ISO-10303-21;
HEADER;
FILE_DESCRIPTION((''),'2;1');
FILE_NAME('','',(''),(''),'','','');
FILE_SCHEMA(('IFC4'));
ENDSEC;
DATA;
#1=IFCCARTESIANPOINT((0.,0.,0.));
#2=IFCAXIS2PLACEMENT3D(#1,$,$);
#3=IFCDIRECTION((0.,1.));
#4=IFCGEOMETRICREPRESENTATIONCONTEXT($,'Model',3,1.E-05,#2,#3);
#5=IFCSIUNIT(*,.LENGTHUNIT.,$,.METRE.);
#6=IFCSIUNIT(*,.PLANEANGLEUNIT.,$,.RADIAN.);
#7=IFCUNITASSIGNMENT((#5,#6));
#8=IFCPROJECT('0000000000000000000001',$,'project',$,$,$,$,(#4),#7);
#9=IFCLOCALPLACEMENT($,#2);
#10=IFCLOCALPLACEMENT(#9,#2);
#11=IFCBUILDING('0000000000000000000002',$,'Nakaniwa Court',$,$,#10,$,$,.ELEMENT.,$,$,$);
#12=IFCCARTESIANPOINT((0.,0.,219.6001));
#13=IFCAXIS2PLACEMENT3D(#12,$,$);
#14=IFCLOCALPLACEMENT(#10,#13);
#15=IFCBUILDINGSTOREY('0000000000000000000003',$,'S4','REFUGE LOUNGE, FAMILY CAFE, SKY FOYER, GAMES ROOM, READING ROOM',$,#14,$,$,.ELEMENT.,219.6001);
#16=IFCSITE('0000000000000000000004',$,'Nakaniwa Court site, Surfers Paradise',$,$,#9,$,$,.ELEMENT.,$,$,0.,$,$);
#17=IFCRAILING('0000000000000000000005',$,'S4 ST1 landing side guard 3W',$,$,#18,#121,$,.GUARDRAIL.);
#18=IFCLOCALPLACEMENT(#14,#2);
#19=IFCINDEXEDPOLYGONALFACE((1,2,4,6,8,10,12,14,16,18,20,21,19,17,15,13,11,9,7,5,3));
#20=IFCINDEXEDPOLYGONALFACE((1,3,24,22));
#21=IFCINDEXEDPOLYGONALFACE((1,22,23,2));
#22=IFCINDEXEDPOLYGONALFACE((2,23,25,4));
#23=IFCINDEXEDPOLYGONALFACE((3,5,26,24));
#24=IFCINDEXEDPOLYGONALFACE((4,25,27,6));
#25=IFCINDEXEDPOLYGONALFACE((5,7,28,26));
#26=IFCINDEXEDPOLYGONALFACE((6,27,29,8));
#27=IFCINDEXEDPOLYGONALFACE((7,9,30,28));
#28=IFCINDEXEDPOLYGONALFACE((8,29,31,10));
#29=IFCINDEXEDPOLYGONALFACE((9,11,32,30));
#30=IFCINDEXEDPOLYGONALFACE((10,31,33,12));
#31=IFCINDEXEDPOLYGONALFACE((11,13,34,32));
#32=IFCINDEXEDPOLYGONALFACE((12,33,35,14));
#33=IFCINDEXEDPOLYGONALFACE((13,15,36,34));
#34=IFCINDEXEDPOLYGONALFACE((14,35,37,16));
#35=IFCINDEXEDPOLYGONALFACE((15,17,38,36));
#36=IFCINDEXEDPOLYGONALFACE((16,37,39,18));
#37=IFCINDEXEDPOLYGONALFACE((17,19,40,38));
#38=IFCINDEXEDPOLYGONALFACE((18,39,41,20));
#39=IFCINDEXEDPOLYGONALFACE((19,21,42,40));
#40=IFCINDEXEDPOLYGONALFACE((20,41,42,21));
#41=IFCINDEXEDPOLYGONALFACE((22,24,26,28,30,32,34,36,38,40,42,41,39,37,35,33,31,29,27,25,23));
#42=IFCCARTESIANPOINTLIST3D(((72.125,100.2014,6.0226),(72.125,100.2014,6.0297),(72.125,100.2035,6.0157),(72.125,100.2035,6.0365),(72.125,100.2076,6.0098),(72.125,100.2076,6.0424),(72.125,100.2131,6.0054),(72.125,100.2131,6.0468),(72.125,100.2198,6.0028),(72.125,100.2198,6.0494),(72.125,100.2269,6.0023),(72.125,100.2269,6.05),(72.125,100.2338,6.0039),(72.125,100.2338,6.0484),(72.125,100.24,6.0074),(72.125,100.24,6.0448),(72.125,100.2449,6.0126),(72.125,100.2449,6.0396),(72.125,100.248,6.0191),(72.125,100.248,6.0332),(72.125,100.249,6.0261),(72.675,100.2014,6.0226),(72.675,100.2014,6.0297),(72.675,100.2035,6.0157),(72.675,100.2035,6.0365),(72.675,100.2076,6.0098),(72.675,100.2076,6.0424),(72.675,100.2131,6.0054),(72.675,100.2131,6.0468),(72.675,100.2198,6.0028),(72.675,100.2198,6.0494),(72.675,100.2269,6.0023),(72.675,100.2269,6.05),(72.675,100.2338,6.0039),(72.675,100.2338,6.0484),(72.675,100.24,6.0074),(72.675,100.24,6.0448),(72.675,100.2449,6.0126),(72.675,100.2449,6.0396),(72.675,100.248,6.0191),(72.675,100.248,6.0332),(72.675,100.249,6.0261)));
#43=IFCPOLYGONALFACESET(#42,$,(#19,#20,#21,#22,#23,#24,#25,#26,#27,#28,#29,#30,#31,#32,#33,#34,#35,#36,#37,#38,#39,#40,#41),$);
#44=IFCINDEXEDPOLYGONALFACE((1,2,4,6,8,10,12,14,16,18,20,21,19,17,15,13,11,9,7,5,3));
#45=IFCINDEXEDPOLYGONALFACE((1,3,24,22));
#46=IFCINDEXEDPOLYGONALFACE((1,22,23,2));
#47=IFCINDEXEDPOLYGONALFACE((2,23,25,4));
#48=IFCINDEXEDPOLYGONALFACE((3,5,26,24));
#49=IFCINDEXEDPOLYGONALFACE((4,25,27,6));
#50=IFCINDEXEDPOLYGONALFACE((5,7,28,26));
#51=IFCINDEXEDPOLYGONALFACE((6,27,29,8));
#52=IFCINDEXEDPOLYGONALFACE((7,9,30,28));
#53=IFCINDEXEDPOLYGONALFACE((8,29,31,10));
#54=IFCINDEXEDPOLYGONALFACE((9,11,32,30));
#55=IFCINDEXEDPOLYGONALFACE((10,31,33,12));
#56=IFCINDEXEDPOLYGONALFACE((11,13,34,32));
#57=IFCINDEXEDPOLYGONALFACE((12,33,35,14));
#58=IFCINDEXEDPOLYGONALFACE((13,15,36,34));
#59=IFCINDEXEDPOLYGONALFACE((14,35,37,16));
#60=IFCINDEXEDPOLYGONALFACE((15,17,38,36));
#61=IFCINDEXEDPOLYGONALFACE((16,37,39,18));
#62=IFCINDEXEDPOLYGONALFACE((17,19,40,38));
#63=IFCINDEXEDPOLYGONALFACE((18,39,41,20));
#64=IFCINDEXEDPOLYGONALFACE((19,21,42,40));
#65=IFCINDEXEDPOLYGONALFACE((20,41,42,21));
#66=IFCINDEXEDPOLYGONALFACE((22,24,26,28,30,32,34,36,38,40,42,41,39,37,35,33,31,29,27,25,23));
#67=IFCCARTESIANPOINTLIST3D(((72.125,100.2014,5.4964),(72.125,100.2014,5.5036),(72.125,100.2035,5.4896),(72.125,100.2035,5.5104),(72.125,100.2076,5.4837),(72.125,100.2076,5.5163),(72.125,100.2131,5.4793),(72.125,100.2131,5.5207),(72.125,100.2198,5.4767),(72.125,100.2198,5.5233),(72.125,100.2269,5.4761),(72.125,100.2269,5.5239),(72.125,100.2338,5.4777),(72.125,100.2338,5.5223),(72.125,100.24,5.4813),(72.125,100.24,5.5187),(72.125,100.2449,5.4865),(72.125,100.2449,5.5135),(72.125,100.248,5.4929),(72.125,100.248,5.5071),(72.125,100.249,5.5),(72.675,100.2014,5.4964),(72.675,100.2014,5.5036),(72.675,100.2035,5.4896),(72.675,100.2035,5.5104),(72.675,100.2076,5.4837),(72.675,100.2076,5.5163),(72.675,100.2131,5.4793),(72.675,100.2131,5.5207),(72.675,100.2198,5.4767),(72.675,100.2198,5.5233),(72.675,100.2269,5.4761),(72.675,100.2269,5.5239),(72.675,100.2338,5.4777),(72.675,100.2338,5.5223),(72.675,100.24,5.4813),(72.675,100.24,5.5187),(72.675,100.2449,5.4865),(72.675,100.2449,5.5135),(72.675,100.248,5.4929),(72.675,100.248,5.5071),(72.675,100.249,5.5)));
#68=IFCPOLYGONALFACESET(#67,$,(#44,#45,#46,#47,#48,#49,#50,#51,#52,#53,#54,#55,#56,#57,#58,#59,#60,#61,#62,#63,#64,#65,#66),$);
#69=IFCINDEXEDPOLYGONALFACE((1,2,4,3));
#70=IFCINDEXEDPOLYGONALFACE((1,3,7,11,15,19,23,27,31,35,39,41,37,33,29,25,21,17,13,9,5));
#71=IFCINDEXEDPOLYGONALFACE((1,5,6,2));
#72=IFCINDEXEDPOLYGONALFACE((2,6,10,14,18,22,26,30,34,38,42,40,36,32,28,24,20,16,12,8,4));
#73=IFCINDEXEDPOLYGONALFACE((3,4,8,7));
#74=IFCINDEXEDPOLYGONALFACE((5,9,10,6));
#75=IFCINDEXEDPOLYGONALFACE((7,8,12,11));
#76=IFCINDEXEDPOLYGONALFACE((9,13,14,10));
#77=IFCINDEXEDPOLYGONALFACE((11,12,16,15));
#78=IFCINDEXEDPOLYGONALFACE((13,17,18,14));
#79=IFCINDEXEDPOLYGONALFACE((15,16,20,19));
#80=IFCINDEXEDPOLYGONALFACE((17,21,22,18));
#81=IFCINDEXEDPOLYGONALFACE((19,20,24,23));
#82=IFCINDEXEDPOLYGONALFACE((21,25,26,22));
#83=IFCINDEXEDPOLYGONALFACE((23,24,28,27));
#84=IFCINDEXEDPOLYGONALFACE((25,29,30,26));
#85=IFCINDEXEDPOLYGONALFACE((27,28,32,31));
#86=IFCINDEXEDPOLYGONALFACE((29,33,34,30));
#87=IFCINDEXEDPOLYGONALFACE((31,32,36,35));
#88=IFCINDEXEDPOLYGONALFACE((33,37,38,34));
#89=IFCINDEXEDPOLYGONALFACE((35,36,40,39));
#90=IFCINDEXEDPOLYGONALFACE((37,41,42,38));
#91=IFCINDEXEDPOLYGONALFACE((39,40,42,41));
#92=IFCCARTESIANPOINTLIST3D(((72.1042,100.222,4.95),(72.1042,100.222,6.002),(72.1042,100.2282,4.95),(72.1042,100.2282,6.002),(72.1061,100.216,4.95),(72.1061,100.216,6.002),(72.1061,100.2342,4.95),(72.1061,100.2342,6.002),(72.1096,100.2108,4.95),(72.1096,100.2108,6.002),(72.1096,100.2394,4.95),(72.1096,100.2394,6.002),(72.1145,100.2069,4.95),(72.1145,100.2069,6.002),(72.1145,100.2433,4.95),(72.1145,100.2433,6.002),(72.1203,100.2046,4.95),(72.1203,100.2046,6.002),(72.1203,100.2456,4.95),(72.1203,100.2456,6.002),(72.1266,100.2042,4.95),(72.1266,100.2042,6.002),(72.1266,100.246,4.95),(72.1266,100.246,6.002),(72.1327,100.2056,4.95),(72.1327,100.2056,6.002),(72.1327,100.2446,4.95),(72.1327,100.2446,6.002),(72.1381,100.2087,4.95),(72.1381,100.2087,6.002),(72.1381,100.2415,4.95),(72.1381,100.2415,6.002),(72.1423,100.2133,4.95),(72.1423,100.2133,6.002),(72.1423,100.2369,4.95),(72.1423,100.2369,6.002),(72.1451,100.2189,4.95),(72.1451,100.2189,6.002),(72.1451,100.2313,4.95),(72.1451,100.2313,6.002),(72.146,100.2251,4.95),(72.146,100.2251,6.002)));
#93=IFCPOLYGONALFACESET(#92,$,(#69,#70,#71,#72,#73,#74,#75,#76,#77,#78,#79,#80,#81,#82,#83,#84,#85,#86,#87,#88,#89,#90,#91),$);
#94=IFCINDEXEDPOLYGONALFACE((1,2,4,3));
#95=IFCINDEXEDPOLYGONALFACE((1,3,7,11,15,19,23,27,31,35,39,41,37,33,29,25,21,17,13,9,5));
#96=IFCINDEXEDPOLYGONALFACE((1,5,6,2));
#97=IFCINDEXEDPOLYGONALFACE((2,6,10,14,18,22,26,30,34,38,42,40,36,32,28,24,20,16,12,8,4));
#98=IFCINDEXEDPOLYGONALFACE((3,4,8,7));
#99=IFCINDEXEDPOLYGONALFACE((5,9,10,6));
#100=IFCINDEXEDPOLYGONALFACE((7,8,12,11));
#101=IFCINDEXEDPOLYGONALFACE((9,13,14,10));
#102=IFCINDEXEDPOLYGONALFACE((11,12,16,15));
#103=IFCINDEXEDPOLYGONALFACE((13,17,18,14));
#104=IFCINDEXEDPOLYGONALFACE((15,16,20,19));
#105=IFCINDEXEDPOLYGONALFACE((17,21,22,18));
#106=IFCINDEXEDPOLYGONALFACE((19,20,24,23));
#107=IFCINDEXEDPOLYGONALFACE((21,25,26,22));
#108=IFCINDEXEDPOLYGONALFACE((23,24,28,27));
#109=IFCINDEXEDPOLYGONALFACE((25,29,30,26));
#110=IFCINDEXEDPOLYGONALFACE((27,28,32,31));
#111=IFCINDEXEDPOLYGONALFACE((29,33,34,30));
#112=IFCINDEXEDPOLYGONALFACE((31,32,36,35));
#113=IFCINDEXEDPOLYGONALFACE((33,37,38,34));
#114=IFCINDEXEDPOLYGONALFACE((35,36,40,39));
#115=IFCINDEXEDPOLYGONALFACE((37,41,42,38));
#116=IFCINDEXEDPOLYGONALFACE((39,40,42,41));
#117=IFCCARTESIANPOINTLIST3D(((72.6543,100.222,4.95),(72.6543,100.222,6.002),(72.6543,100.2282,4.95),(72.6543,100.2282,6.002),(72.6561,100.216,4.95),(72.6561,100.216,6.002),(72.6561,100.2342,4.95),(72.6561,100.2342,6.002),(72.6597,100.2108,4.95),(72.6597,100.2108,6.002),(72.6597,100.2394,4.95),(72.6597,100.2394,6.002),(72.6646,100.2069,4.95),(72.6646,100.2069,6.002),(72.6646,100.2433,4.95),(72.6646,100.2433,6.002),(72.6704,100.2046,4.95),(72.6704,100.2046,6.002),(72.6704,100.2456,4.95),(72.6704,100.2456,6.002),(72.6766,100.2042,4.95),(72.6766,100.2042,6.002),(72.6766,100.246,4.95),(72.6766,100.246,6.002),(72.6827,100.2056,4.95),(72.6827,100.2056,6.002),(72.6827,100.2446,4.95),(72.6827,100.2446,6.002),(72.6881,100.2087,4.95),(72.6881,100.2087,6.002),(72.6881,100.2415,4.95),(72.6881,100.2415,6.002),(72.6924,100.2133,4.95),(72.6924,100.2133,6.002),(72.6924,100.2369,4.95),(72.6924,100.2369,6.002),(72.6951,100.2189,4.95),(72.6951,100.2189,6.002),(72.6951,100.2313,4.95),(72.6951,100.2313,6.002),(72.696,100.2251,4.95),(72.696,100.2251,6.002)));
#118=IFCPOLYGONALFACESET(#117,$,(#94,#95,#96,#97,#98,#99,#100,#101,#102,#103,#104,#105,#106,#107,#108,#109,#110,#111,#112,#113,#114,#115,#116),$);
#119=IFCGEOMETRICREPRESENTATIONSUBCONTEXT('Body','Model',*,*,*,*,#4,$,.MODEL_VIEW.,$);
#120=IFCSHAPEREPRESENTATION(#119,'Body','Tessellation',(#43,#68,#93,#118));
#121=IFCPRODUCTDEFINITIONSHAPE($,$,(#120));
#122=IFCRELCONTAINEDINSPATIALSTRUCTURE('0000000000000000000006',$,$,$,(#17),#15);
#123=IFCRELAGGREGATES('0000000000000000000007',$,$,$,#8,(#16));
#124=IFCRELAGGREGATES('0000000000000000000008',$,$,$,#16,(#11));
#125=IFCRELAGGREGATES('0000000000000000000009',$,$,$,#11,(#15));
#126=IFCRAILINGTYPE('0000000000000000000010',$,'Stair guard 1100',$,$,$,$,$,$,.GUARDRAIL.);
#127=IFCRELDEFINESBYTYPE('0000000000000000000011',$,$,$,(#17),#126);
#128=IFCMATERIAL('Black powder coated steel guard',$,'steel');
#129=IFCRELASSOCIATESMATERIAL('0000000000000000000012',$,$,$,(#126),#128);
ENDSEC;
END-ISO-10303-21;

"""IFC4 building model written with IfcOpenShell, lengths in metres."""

from ifc_helpers import new_model, si_unit, direction, frame, origin, origin_2d, place, context, subcontext, project, spatial, circle, extrude, material, type_object, element, save


model = new_model("IFC4")

# Units and contexts
model_context = context("Model", 3, precision=1e-05, world=origin(), true_north=direction((0.0, 1.0)))
body_context = subcontext(model_context, "Body", "Model", "MODEL_VIEW")
ifc_project = project(units=[si_unit("LENGTHUNIT", "METRE"), si_unit("PLANEANGLEUNIT", "RADIAN")], contexts=[model_context])

# Site, building, storey
site_placement = place(None, origin())
site = spatial("IfcSite", under=ifc_project, at=site_placement, Name="Nakaniwa Court site, Surfers Paradise", CompositionType="ELEMENT", RefElevation=0.0)
building_placement = place(site_placement, origin())
building = spatial("IfcBuilding", under=site, at=building_placement, Name="Nakaniwa Court", CompositionType="ELEMENT")
storey_placement = place(building_placement, frame((0.0, 0.0, 219.6001)))
storey = spatial("IfcBuildingStorey", under=building, at=storey_placement, Name="S4", Description="REFUGE LOUNGE, FAMILY CAFE, SKY FOYER, GAMES ROOM, READING ROOM", CompositionType="ELEMENT", Elevation=219.6001)

# Railing
ifc_material_1 = material(Name="Black powder coated steel guard", Category="steel")
railing_type_1 = type_object("IfcRailingType", Name="Stair guard 1100", PredefinedType="GUARDRAIL", material=ifc_material_1)
for number, where, name in (
    (1, (72.125, 100.2251, 4.95), "S4 ST1 landing side guard 3W"),
):
    element("IfcRailing", number, at=place(storey_placement, frame(where)), inside=storey, type_object=railing_type_1, Name=name, PredefinedType="GUARDRAIL", context=body_context, shape_type="SweptSolid", body=[
        extrude(circle(Radius=0.0239, at=origin_2d()), frame((0.0, 0.0, 1.0762), z_axis=(1.0, 0.0, 0.0), x_axis=(0.0, 1.0, 0.0)), (0.0, 0.0, 1.0), 0.55),
        extrude(circle(Radius=0.0239, at=origin_2d()), frame((0.0, 0.0, 0.55), z_axis=(1.0, 0.0, 0.0), x_axis=(0.0, 1.0, 0.0)), (0.0, 0.0, 1.0), 0.55),
        extrude(circle(Radius=0.021, at=origin_2d()), origin(), (0.0, 0.0, 1.0), 1.052),
        extrude(circle(Radius=0.021, at=origin_2d()), frame((0.55, 0.0, 0.0)), (0.0, 0.0, 1.0), 1.052),
    ])

save(model, "model.ifc")
